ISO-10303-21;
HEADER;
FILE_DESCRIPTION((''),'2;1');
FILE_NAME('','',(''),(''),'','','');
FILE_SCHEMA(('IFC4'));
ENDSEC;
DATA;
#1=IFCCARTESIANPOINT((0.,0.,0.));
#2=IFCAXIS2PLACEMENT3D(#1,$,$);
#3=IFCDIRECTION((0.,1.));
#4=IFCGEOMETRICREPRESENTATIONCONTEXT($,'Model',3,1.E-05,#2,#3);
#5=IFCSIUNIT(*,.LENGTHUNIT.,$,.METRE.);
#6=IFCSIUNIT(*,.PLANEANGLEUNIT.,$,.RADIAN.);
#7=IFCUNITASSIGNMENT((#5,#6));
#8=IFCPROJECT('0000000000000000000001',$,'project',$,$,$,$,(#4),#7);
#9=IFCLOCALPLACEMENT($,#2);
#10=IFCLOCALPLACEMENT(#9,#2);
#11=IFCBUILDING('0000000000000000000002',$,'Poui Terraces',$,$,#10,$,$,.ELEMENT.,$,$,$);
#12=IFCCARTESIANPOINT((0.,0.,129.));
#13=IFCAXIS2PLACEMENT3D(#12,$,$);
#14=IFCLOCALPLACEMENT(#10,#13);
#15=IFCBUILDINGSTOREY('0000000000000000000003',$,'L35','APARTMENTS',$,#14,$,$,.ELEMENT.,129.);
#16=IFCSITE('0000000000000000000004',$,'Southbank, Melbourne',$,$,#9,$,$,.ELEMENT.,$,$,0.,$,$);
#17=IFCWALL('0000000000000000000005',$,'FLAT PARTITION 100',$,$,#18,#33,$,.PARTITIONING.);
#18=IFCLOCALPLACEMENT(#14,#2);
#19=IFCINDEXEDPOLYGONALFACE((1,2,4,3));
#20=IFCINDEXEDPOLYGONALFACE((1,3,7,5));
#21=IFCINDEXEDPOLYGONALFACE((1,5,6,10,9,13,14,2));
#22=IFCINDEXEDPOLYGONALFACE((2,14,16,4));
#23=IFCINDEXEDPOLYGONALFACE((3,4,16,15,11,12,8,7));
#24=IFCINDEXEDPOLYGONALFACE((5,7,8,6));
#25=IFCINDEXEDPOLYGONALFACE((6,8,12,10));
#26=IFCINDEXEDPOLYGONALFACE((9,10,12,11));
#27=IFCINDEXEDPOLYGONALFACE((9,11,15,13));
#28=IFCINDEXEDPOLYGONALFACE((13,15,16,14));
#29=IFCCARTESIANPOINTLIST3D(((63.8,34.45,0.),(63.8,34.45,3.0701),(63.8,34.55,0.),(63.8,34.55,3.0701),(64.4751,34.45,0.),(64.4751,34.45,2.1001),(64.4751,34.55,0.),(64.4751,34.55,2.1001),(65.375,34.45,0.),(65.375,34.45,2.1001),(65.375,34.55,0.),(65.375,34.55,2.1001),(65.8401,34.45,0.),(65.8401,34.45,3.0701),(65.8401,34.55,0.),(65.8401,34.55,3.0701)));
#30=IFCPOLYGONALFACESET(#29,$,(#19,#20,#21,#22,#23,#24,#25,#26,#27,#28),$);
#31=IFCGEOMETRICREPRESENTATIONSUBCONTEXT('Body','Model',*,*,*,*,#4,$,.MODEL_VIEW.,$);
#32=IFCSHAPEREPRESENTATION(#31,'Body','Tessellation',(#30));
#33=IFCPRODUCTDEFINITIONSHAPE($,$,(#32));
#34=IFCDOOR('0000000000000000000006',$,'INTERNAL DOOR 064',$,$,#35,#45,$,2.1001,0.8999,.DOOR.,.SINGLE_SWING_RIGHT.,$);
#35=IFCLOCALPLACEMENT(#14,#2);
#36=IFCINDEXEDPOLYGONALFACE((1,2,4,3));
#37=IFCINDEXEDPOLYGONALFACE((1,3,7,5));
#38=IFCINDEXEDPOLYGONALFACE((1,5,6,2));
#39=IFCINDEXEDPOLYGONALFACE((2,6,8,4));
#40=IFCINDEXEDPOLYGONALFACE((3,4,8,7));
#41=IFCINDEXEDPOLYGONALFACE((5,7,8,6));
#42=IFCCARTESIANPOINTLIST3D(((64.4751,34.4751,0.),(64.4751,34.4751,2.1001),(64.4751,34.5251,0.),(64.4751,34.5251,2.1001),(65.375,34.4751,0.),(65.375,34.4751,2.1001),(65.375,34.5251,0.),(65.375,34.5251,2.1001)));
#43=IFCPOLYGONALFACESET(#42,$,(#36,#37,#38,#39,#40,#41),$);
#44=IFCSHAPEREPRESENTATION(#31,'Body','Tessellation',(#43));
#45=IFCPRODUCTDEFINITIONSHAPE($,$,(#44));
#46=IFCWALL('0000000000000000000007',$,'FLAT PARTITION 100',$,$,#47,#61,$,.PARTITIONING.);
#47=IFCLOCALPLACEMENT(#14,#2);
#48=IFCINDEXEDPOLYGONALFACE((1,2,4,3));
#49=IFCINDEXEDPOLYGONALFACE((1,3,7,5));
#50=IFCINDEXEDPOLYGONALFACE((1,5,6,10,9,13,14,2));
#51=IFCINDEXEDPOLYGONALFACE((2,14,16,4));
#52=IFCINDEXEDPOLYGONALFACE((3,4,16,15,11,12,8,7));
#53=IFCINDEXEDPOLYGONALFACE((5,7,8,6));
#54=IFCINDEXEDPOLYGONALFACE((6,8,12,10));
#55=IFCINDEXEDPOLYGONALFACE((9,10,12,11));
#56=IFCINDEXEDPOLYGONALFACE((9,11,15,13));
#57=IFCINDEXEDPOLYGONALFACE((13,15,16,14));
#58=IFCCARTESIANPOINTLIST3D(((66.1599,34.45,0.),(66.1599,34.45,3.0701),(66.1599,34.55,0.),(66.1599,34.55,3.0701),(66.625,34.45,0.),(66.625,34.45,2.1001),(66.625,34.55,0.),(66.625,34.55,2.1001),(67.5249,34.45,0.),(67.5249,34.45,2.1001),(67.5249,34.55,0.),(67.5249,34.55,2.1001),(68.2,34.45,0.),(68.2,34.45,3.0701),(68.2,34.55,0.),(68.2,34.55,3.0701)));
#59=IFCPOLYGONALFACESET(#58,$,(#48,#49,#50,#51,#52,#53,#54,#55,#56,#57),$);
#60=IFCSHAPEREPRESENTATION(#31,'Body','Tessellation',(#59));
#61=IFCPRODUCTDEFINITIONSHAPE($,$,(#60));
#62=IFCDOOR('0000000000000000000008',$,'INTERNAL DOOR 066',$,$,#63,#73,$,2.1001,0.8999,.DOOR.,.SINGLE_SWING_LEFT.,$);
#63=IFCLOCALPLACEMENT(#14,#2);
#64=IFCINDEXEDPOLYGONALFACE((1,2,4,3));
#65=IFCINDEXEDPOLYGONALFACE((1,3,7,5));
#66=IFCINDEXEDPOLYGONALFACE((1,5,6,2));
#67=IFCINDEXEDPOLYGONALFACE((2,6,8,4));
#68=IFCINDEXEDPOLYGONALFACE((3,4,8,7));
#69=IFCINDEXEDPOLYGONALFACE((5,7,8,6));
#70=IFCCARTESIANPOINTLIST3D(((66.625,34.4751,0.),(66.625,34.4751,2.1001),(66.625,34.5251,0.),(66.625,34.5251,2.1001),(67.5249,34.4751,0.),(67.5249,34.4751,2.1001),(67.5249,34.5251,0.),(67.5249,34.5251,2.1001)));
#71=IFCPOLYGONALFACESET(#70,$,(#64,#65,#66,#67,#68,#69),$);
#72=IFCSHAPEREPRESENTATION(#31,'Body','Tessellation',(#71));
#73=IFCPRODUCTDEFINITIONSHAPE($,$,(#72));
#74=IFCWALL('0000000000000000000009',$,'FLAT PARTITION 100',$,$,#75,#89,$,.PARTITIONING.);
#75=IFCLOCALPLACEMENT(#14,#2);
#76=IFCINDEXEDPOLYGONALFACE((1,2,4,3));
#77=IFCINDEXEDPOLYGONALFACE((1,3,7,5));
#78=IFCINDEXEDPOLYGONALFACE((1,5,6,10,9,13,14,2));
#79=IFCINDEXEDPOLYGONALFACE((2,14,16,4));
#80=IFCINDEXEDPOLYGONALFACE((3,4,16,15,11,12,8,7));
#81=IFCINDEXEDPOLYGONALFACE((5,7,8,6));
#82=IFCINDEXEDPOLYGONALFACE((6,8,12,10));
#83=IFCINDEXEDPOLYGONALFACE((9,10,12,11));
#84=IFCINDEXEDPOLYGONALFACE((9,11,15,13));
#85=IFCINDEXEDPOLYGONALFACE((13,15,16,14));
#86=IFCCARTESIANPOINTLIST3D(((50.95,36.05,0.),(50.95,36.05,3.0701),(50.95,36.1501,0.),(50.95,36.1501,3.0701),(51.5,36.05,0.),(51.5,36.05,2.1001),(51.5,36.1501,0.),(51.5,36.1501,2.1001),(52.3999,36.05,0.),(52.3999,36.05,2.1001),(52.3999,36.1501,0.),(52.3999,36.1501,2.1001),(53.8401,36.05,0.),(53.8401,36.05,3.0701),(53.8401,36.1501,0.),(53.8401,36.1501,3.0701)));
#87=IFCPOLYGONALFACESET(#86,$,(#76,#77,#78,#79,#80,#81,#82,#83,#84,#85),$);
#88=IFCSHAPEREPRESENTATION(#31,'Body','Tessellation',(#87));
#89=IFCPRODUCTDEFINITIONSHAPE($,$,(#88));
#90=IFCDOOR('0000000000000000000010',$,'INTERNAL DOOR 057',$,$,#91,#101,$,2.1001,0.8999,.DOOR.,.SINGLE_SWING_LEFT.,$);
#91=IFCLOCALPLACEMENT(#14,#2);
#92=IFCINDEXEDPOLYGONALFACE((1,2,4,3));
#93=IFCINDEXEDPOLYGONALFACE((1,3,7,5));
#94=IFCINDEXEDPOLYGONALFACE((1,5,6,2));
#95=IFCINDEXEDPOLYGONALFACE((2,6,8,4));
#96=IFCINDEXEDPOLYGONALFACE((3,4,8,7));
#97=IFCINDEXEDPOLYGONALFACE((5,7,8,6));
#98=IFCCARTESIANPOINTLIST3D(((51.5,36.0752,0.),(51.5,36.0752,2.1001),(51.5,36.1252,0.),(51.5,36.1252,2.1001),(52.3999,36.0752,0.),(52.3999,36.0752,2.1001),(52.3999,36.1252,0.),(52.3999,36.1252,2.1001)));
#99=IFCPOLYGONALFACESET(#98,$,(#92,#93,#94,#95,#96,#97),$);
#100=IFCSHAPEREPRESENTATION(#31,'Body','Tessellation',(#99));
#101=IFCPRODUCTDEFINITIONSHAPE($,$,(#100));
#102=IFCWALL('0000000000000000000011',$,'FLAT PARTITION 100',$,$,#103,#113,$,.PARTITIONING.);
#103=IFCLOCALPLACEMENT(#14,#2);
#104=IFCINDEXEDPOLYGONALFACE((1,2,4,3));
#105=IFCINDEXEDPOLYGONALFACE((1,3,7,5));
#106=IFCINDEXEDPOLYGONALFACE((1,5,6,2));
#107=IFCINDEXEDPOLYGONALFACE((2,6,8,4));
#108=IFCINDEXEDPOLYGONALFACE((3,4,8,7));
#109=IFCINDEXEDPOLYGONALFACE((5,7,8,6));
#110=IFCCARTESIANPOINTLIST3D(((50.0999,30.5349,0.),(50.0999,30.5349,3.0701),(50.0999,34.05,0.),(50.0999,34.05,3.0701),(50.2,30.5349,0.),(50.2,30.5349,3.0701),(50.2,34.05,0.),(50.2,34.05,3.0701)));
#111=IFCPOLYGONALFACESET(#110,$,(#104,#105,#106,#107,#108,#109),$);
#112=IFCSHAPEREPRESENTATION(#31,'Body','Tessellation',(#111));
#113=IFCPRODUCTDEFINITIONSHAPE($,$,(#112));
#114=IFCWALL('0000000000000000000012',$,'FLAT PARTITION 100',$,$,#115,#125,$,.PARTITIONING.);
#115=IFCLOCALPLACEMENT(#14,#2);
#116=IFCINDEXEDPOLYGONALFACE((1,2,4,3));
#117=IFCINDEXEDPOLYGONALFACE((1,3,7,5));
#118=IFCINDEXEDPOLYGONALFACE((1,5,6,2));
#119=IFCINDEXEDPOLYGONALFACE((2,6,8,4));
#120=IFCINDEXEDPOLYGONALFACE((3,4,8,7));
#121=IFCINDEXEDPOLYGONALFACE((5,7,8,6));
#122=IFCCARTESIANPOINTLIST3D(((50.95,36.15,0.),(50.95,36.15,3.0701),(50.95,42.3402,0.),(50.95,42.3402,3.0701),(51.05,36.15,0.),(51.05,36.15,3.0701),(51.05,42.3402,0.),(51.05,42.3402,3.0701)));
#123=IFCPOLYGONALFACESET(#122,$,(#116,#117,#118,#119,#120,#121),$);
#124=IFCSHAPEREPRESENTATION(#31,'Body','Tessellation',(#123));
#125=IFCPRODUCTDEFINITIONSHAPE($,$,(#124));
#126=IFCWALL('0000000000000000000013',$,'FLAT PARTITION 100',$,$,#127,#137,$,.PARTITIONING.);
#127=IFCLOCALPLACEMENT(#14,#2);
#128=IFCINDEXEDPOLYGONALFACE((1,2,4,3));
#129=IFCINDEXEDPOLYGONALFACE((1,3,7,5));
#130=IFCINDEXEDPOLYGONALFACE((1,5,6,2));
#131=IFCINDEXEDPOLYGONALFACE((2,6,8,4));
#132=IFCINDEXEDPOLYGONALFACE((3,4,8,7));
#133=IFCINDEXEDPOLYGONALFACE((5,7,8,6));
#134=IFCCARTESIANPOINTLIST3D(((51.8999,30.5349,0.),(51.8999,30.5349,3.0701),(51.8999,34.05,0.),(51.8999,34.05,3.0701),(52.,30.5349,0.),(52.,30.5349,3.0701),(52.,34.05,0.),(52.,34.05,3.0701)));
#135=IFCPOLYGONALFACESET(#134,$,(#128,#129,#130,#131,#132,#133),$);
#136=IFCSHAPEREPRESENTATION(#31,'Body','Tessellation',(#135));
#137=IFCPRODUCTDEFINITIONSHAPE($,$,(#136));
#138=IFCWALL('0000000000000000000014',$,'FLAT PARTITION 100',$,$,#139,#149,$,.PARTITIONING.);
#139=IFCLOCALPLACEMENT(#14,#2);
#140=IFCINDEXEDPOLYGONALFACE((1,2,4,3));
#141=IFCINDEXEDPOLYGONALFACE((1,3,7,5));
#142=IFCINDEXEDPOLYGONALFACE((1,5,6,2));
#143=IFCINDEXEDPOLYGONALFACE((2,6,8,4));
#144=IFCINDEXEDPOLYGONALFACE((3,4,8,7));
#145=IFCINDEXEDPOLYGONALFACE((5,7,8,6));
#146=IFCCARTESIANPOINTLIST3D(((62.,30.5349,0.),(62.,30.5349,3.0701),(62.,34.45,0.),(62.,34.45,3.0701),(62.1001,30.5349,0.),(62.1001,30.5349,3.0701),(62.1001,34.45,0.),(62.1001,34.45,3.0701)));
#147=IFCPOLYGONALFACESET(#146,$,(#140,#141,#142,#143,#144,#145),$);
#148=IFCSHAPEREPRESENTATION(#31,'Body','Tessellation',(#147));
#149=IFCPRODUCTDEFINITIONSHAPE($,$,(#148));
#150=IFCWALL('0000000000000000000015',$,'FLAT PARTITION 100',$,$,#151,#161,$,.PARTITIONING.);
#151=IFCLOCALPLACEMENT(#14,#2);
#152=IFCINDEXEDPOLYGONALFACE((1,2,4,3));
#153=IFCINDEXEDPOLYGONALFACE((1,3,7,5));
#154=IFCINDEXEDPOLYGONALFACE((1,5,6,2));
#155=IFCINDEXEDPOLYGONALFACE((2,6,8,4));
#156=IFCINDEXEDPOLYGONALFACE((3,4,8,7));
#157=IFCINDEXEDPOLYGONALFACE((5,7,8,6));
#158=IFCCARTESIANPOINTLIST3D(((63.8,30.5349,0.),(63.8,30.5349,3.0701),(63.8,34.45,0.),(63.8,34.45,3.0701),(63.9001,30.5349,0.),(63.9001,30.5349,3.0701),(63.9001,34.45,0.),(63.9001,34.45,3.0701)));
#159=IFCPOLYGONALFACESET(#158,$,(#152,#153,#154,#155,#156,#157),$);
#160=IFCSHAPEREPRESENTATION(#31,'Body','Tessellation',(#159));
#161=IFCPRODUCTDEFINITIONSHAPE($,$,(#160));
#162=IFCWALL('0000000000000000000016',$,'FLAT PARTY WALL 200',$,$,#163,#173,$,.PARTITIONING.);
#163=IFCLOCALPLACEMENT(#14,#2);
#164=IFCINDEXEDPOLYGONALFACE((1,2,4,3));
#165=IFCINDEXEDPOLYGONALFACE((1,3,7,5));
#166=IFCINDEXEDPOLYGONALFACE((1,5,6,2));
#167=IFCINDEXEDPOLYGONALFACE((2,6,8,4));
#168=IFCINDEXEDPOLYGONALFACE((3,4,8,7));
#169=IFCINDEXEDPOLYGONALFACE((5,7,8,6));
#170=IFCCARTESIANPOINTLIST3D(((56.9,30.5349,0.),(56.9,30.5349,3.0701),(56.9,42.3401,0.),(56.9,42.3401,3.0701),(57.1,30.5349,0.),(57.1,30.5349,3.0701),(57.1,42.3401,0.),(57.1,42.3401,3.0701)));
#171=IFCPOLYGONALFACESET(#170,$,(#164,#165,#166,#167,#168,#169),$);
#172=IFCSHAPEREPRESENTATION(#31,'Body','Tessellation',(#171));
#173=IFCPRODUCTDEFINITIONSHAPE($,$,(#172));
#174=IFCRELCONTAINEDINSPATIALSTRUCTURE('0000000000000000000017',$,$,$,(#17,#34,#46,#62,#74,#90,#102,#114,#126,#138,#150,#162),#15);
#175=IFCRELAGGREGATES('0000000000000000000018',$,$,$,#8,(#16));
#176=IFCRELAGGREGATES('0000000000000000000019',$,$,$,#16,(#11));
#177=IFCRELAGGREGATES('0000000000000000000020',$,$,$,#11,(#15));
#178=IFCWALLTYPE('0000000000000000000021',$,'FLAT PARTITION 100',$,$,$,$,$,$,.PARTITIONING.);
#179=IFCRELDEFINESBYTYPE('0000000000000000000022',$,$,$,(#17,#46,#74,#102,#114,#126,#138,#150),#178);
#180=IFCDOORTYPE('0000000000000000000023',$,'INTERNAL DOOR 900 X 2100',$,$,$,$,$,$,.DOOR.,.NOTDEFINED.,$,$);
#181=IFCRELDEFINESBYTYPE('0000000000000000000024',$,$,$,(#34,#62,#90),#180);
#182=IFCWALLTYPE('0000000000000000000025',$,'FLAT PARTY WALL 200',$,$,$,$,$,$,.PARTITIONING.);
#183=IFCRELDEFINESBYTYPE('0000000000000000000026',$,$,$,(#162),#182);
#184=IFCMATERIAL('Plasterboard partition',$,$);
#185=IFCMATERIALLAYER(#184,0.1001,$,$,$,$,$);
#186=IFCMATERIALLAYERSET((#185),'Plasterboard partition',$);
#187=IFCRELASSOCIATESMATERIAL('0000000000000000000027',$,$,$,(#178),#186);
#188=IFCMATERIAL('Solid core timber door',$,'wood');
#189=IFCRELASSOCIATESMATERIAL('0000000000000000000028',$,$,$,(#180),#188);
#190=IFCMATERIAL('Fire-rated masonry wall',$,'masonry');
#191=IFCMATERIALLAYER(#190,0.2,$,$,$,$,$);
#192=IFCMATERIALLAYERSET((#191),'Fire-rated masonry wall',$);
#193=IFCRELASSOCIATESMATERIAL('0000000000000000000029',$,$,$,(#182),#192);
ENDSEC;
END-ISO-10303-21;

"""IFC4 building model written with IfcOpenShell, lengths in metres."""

from ifc_helpers import new_model, si_unit, direction, frame, frame_2d, origin, place, context, subcontext, project, spatial, rectangle, extrude, material, layer, layer_set, type_object, element, fill, save


model = new_model("IFC4")

# Units and contexts
model_context = context("Model", 3, precision=1e-05, world=origin(), true_north=direction((0.0, 1.0)))
body_context = subcontext(model_context, "Body", "Model", "MODEL_VIEW")
ifc_project = project(units=[si_unit("LENGTHUNIT", "METRE"), si_unit("PLANEANGLEUNIT", "RADIAN")], contexts=[model_context])

# Site, building, storey
site_placement = place(None, origin())
site = spatial("IfcSite", under=ifc_project, at=site_placement, Name="Southbank, Melbourne", CompositionType="ELEMENT", RefElevation=0.0)
building_placement = place(site_placement, origin())
building = spatial("IfcBuilding", under=site, at=building_placement, Name="Poui Terraces", CompositionType="ELEMENT")
storey_placement = place(building_placement, frame((0.0, 0.0, 129.0)))
storey = spatial("IfcBuildingStorey", under=building, at=storey_placement, Name="L35", Description="APARTMENTS", CompositionType="ELEMENT", Elevation=129.0)

# Walls, openings, doors
ifc_material_1 = material(Name="Plasterboard partition")
ifc_layer_1 = layer(ifc_material_1, 0.1001)
ifc_layer_set_1 = layer_set([ifc_layer_1], Name="Plasterboard partition")
wall_type_1 = type_object("IfcWallType", Name="FLAT PARTITION 100", PredefinedType="PARTITIONING", material=ifc_layer_set_1)
ifc_material_2 = material(Name="Solid core timber door", Category="wood")
door_type_1 = type_object("IfcDoorType", Name="INTERNAL DOOR 900 X 2100", OperationType="NOTDEFINED", PredefinedType="DOOR", material=ifc_material_2)
wall_1_placement = place(storey_placement, frame((63.8, 34.5, 0.0), z_axis=(0.0, 0.0, 1.0), x_axis=(1.0, 0.0, 0.0)))
wall_1 = element("IfcWall", 1, at=wall_1_placement, inside=storey, type_object=wall_type_1, Name="FLAT PARTITION 100", PredefinedType="PARTITIONING", context=body_context, shape_type="SweptSolid", body=[
    extrude(rectangle(XDim=2.04, YDim=0.1001, at=frame_2d((1.02, 0.0))), origin(), (0.0, 0.0, 1.0), 3.0701),
])
opening_1_placement = place(wall_1_placement, frame((0.675, 0.0, 0.0)))
opening_1 = element("IfcOpeningElement", 2, at=opening_1_placement, cuts=wall_1, PredefinedType="OPENING", context=body_context, shape_type="SweptSolid", body=[
    extrude(rectangle(XDim=0.8999, YDim=2.1001, at=frame_2d((0.45, 1.05))), frame((0.0, 0.0601, 0.0), z_axis=(0.0, -1.0, 0.0), x_axis=(1.0, 0.0, 0.0)), (0.0, 0.0, 1.0), 0.1201),
])
door_1_placement = place(opening_1_placement, frame((0.8999, 0.0, 0.0), z_axis=(0.0, 0.0, 1.0), x_axis=(-1.0, 0.0, 0.0)))
door_1 = element("IfcDoor", 3, at=door_1_placement, inside=storey, type_object=door_type_1, Name="INTERNAL DOOR 064", OperationType="SINGLE_SWING_RIGHT", OverallHeight=2.1001, OverallWidth=0.8999, PredefinedType="DOOR", context=body_context, shape_type="SweptSolid", body=[
    extrude(rectangle(XDim=0.8999, YDim=2.1001, at=frame_2d((0.45, 1.05))), frame((0.0, 0.0249, 0.0), z_axis=(0.0, -1.0, 0.0), x_axis=(1.0, 0.0, 0.0)), (0.0, 0.0, 1.0), 0.05),
])
fill(opening_1, door_1)
wall_2_placement = place(storey_placement, frame((66.1599, 34.5, 0.0), z_axis=(0.0, 0.0, 1.0), x_axis=(1.0, 0.0, 0.0)))
wall_2 = element("IfcWall", 4, at=wall_2_placement, inside=storey, type_object=wall_type_1, Name="FLAT PARTITION 100", PredefinedType="PARTITIONING", context=body_context, shape_type="SweptSolid", body=[
    extrude(rectangle(XDim=2.04, YDim=0.1001, at=frame_2d((1.02, 0.0))), origin(), (0.0, 0.0, 1.0), 3.0701),
])
opening_2_placement = place(wall_2_placement, frame((0.4651, 0.0, 0.0)))
opening_2 = element("IfcOpeningElement", 5, at=opening_2_placement, cuts=wall_2, PredefinedType="OPENING", context=body_context, shape_type="SweptSolid", body=[
    extrude(rectangle(XDim=0.8999, YDim=2.1001, at=frame_2d((0.45, 1.05))), frame((0.0, 0.0601, 0.0), z_axis=(0.0, -1.0, 0.0), x_axis=(1.0, 0.0, 0.0)), (0.0, 0.0, 1.0), 0.1201),
])
door_2_placement = place(opening_2_placement, frame((0.8999, 0.0, 0.0), z_axis=(0.0, 0.0, 1.0), x_axis=(-1.0, 0.0, 0.0)))
door_2 = element("IfcDoor", 6, at=door_2_placement, inside=storey, type_object=door_type_1, Name="INTERNAL DOOR 066", OperationType="SINGLE_SWING_LEFT", OverallHeight=2.1001, OverallWidth=0.8999, PredefinedType="DOOR", context=body_context, shape_type="SweptSolid", body=[
    extrude(rectangle(XDim=0.8999, YDim=2.1001, at=frame_2d((0.45, 1.05))), frame((0.0, 0.0249, 0.0), z_axis=(0.0, -1.0, 0.0), x_axis=(1.0, 0.0, 0.0)), (0.0, 0.0, 1.0), 0.05),
])
fill(opening_2, door_2)
wall_3_placement = place(storey_placement, frame((50.95, 36.1001, 0.0), z_axis=(0.0, 0.0, 1.0), x_axis=(1.0, 0.0, 0.0)))
wall_3 = element("IfcWall", 7, at=wall_3_placement, inside=storey, type_object=wall_type_1, Name="FLAT PARTITION 100", PredefinedType="PARTITIONING", context=body_context, shape_type="SweptSolid", body=[
    extrude(rectangle(XDim=2.8901, YDim=0.1001, at=frame_2d((1.4451, 0.0))), origin(), (0.0, 0.0, 1.0), 3.0701),
])
opening_3_placement = place(wall_3_placement, frame((0.55, 0.0, 0.0)))
opening_3 = element("IfcOpeningElement", 8, at=opening_3_placement, cuts=wall_3, PredefinedType="OPENING", context=body_context, shape_type="SweptSolid", body=[
    extrude(rectangle(XDim=0.8999, YDim=2.1001, at=frame_2d((0.45, 1.05))), frame((0.0, 0.0601, 0.0), z_axis=(0.0, -1.0, 0.0), x_axis=(1.0, 0.0, 0.0)), (0.0, 0.0, 1.0), 0.1201),
])
door_3_placement = place(opening_3_placement, frame((0.8999, 0.0, 0.0), z_axis=(0.0, 0.0, 1.0), x_axis=(-1.0, 0.0, 0.0)))
door_3 = element("IfcDoor", 9, at=door_3_placement, inside=storey, type_object=door_type_1, Name="INTERNAL DOOR 057", OperationType="SINGLE_SWING_LEFT", OverallHeight=2.1001, OverallWidth=0.8999, PredefinedType="DOOR", context=body_context, shape_type="SweptSolid", body=[
    extrude(rectangle(XDim=0.8999, YDim=2.1001, at=frame_2d((0.45, 1.05))), frame((0.0, 0.0249, 0.0), z_axis=(0.0, -1.0, 0.0), x_axis=(1.0, 0.0, 0.0)), (0.0, 0.0, 1.0), 0.05),
])
fill(opening_3, door_3)

# Walls
wall_4_placement = place(storey_placement, frame((50.1499, 30.5349, 0.0), z_axis=(0.0, 0.0, 1.0), x_axis=(0.0, 1.0, 0.0)))
element("IfcWall", 10, at=wall_4_placement, inside=storey, type_object=wall_type_1, Name="FLAT PARTITION 100", PredefinedType="PARTITIONING", context=body_context, shape_type="SweptSolid", body=[
    extrude(rectangle(XDim=3.5151, YDim=0.1001, at=frame_2d((1.7576, 0.0))), origin(), (0.0, 0.0, 1.0), 3.0701),
])
wall_5_placement = place(storey_placement, frame((51.0, 36.1499, 0.0), z_axis=(0.0, 0.0, 1.0), x_axis=(0.0, 1.0, 0.0)))
element("IfcWall", 11, at=wall_5_placement, inside=storey, type_object=wall_type_1, Name="FLAT PARTITION 100", PredefinedType="PARTITIONING", context=body_context, shape_type="SweptSolid", body=[
    extrude(rectangle(XDim=6.1902, YDim=0.1001, at=frame_2d((3.0952, 0.0))), origin(), (0.0, 0.0, 1.0), 3.0701),
])
wall_6_placement = place(storey_placement, frame((51.95, 30.5349, 0.0), z_axis=(0.0, 0.0, 1.0), x_axis=(0.0, 1.0, 0.0)))
element("IfcWall", 12, at=wall_6_placement, inside=storey, type_object=wall_type_1, Name="FLAT PARTITION 100", PredefinedType="PARTITIONING", context=body_context, shape_type="SweptSolid", body=[
    extrude(rectangle(XDim=3.5151, YDim=0.1001, at=frame_2d((1.7576, 0.0))), origin(), (0.0, 0.0, 1.0), 3.0701),
])
for number, where, z_axis, x_axis, name in (
    (13, (62.05, 30.5349, 0.0), (0.0, 0.0, 1.0), (0.0, 1.0, 0.0), "FLAT PARTITION 100"),
    (14, (63.8501, 30.5349, 0.0), (0.0, 0.0, 1.0), (0.0, 1.0, 0.0), "FLAT PARTITION 100"),
):
    element("IfcWall", number, at=place(storey_placement, frame(where, z_axis=z_axis, x_axis=x_axis)), inside=storey, type_object=wall_type_1, Name=name, PredefinedType="PARTITIONING", context=body_context, shape_type="SweptSolid", body=[
        extrude(rectangle(XDim=3.915, YDim=0.1001, at=frame_2d((1.9575, 0.0))), origin(), (0.0, 0.0, 1.0), 3.0701),
    ])
ifc_material_3 = material(Name="Fire-rated masonry wall", Category="masonry")
ifc_layer_2 = layer(ifc_material_3, 0.2)
ifc_layer_set_2 = layer_set([ifc_layer_2], Name="Fire-rated masonry wall")
wall_type_2 = type_object("IfcWallType", Name="FLAT PARTY WALL 200", PredefinedType="PARTITIONING", material=ifc_layer_set_2)
wall_7_placement = place(storey_placement, frame((57.0, 30.5349, 0.0), z_axis=(0.0, 0.0, 1.0), x_axis=(0.0, 1.0, 0.0)))
element("IfcWall", 15, at=wall_7_placement, inside=storey, type_object=wall_type_2, Name="FLAT PARTY WALL 200", PredefinedType="PARTITIONING", context=body_context, shape_type="SweptSolid", body=[
    extrude(rectangle(XDim=11.8052, YDim=0.2, at=frame_2d((5.9026, 0.0))), origin(), (0.0, 0.0, 1.0), 3.0701),
])

save(model, "model.ifc")
